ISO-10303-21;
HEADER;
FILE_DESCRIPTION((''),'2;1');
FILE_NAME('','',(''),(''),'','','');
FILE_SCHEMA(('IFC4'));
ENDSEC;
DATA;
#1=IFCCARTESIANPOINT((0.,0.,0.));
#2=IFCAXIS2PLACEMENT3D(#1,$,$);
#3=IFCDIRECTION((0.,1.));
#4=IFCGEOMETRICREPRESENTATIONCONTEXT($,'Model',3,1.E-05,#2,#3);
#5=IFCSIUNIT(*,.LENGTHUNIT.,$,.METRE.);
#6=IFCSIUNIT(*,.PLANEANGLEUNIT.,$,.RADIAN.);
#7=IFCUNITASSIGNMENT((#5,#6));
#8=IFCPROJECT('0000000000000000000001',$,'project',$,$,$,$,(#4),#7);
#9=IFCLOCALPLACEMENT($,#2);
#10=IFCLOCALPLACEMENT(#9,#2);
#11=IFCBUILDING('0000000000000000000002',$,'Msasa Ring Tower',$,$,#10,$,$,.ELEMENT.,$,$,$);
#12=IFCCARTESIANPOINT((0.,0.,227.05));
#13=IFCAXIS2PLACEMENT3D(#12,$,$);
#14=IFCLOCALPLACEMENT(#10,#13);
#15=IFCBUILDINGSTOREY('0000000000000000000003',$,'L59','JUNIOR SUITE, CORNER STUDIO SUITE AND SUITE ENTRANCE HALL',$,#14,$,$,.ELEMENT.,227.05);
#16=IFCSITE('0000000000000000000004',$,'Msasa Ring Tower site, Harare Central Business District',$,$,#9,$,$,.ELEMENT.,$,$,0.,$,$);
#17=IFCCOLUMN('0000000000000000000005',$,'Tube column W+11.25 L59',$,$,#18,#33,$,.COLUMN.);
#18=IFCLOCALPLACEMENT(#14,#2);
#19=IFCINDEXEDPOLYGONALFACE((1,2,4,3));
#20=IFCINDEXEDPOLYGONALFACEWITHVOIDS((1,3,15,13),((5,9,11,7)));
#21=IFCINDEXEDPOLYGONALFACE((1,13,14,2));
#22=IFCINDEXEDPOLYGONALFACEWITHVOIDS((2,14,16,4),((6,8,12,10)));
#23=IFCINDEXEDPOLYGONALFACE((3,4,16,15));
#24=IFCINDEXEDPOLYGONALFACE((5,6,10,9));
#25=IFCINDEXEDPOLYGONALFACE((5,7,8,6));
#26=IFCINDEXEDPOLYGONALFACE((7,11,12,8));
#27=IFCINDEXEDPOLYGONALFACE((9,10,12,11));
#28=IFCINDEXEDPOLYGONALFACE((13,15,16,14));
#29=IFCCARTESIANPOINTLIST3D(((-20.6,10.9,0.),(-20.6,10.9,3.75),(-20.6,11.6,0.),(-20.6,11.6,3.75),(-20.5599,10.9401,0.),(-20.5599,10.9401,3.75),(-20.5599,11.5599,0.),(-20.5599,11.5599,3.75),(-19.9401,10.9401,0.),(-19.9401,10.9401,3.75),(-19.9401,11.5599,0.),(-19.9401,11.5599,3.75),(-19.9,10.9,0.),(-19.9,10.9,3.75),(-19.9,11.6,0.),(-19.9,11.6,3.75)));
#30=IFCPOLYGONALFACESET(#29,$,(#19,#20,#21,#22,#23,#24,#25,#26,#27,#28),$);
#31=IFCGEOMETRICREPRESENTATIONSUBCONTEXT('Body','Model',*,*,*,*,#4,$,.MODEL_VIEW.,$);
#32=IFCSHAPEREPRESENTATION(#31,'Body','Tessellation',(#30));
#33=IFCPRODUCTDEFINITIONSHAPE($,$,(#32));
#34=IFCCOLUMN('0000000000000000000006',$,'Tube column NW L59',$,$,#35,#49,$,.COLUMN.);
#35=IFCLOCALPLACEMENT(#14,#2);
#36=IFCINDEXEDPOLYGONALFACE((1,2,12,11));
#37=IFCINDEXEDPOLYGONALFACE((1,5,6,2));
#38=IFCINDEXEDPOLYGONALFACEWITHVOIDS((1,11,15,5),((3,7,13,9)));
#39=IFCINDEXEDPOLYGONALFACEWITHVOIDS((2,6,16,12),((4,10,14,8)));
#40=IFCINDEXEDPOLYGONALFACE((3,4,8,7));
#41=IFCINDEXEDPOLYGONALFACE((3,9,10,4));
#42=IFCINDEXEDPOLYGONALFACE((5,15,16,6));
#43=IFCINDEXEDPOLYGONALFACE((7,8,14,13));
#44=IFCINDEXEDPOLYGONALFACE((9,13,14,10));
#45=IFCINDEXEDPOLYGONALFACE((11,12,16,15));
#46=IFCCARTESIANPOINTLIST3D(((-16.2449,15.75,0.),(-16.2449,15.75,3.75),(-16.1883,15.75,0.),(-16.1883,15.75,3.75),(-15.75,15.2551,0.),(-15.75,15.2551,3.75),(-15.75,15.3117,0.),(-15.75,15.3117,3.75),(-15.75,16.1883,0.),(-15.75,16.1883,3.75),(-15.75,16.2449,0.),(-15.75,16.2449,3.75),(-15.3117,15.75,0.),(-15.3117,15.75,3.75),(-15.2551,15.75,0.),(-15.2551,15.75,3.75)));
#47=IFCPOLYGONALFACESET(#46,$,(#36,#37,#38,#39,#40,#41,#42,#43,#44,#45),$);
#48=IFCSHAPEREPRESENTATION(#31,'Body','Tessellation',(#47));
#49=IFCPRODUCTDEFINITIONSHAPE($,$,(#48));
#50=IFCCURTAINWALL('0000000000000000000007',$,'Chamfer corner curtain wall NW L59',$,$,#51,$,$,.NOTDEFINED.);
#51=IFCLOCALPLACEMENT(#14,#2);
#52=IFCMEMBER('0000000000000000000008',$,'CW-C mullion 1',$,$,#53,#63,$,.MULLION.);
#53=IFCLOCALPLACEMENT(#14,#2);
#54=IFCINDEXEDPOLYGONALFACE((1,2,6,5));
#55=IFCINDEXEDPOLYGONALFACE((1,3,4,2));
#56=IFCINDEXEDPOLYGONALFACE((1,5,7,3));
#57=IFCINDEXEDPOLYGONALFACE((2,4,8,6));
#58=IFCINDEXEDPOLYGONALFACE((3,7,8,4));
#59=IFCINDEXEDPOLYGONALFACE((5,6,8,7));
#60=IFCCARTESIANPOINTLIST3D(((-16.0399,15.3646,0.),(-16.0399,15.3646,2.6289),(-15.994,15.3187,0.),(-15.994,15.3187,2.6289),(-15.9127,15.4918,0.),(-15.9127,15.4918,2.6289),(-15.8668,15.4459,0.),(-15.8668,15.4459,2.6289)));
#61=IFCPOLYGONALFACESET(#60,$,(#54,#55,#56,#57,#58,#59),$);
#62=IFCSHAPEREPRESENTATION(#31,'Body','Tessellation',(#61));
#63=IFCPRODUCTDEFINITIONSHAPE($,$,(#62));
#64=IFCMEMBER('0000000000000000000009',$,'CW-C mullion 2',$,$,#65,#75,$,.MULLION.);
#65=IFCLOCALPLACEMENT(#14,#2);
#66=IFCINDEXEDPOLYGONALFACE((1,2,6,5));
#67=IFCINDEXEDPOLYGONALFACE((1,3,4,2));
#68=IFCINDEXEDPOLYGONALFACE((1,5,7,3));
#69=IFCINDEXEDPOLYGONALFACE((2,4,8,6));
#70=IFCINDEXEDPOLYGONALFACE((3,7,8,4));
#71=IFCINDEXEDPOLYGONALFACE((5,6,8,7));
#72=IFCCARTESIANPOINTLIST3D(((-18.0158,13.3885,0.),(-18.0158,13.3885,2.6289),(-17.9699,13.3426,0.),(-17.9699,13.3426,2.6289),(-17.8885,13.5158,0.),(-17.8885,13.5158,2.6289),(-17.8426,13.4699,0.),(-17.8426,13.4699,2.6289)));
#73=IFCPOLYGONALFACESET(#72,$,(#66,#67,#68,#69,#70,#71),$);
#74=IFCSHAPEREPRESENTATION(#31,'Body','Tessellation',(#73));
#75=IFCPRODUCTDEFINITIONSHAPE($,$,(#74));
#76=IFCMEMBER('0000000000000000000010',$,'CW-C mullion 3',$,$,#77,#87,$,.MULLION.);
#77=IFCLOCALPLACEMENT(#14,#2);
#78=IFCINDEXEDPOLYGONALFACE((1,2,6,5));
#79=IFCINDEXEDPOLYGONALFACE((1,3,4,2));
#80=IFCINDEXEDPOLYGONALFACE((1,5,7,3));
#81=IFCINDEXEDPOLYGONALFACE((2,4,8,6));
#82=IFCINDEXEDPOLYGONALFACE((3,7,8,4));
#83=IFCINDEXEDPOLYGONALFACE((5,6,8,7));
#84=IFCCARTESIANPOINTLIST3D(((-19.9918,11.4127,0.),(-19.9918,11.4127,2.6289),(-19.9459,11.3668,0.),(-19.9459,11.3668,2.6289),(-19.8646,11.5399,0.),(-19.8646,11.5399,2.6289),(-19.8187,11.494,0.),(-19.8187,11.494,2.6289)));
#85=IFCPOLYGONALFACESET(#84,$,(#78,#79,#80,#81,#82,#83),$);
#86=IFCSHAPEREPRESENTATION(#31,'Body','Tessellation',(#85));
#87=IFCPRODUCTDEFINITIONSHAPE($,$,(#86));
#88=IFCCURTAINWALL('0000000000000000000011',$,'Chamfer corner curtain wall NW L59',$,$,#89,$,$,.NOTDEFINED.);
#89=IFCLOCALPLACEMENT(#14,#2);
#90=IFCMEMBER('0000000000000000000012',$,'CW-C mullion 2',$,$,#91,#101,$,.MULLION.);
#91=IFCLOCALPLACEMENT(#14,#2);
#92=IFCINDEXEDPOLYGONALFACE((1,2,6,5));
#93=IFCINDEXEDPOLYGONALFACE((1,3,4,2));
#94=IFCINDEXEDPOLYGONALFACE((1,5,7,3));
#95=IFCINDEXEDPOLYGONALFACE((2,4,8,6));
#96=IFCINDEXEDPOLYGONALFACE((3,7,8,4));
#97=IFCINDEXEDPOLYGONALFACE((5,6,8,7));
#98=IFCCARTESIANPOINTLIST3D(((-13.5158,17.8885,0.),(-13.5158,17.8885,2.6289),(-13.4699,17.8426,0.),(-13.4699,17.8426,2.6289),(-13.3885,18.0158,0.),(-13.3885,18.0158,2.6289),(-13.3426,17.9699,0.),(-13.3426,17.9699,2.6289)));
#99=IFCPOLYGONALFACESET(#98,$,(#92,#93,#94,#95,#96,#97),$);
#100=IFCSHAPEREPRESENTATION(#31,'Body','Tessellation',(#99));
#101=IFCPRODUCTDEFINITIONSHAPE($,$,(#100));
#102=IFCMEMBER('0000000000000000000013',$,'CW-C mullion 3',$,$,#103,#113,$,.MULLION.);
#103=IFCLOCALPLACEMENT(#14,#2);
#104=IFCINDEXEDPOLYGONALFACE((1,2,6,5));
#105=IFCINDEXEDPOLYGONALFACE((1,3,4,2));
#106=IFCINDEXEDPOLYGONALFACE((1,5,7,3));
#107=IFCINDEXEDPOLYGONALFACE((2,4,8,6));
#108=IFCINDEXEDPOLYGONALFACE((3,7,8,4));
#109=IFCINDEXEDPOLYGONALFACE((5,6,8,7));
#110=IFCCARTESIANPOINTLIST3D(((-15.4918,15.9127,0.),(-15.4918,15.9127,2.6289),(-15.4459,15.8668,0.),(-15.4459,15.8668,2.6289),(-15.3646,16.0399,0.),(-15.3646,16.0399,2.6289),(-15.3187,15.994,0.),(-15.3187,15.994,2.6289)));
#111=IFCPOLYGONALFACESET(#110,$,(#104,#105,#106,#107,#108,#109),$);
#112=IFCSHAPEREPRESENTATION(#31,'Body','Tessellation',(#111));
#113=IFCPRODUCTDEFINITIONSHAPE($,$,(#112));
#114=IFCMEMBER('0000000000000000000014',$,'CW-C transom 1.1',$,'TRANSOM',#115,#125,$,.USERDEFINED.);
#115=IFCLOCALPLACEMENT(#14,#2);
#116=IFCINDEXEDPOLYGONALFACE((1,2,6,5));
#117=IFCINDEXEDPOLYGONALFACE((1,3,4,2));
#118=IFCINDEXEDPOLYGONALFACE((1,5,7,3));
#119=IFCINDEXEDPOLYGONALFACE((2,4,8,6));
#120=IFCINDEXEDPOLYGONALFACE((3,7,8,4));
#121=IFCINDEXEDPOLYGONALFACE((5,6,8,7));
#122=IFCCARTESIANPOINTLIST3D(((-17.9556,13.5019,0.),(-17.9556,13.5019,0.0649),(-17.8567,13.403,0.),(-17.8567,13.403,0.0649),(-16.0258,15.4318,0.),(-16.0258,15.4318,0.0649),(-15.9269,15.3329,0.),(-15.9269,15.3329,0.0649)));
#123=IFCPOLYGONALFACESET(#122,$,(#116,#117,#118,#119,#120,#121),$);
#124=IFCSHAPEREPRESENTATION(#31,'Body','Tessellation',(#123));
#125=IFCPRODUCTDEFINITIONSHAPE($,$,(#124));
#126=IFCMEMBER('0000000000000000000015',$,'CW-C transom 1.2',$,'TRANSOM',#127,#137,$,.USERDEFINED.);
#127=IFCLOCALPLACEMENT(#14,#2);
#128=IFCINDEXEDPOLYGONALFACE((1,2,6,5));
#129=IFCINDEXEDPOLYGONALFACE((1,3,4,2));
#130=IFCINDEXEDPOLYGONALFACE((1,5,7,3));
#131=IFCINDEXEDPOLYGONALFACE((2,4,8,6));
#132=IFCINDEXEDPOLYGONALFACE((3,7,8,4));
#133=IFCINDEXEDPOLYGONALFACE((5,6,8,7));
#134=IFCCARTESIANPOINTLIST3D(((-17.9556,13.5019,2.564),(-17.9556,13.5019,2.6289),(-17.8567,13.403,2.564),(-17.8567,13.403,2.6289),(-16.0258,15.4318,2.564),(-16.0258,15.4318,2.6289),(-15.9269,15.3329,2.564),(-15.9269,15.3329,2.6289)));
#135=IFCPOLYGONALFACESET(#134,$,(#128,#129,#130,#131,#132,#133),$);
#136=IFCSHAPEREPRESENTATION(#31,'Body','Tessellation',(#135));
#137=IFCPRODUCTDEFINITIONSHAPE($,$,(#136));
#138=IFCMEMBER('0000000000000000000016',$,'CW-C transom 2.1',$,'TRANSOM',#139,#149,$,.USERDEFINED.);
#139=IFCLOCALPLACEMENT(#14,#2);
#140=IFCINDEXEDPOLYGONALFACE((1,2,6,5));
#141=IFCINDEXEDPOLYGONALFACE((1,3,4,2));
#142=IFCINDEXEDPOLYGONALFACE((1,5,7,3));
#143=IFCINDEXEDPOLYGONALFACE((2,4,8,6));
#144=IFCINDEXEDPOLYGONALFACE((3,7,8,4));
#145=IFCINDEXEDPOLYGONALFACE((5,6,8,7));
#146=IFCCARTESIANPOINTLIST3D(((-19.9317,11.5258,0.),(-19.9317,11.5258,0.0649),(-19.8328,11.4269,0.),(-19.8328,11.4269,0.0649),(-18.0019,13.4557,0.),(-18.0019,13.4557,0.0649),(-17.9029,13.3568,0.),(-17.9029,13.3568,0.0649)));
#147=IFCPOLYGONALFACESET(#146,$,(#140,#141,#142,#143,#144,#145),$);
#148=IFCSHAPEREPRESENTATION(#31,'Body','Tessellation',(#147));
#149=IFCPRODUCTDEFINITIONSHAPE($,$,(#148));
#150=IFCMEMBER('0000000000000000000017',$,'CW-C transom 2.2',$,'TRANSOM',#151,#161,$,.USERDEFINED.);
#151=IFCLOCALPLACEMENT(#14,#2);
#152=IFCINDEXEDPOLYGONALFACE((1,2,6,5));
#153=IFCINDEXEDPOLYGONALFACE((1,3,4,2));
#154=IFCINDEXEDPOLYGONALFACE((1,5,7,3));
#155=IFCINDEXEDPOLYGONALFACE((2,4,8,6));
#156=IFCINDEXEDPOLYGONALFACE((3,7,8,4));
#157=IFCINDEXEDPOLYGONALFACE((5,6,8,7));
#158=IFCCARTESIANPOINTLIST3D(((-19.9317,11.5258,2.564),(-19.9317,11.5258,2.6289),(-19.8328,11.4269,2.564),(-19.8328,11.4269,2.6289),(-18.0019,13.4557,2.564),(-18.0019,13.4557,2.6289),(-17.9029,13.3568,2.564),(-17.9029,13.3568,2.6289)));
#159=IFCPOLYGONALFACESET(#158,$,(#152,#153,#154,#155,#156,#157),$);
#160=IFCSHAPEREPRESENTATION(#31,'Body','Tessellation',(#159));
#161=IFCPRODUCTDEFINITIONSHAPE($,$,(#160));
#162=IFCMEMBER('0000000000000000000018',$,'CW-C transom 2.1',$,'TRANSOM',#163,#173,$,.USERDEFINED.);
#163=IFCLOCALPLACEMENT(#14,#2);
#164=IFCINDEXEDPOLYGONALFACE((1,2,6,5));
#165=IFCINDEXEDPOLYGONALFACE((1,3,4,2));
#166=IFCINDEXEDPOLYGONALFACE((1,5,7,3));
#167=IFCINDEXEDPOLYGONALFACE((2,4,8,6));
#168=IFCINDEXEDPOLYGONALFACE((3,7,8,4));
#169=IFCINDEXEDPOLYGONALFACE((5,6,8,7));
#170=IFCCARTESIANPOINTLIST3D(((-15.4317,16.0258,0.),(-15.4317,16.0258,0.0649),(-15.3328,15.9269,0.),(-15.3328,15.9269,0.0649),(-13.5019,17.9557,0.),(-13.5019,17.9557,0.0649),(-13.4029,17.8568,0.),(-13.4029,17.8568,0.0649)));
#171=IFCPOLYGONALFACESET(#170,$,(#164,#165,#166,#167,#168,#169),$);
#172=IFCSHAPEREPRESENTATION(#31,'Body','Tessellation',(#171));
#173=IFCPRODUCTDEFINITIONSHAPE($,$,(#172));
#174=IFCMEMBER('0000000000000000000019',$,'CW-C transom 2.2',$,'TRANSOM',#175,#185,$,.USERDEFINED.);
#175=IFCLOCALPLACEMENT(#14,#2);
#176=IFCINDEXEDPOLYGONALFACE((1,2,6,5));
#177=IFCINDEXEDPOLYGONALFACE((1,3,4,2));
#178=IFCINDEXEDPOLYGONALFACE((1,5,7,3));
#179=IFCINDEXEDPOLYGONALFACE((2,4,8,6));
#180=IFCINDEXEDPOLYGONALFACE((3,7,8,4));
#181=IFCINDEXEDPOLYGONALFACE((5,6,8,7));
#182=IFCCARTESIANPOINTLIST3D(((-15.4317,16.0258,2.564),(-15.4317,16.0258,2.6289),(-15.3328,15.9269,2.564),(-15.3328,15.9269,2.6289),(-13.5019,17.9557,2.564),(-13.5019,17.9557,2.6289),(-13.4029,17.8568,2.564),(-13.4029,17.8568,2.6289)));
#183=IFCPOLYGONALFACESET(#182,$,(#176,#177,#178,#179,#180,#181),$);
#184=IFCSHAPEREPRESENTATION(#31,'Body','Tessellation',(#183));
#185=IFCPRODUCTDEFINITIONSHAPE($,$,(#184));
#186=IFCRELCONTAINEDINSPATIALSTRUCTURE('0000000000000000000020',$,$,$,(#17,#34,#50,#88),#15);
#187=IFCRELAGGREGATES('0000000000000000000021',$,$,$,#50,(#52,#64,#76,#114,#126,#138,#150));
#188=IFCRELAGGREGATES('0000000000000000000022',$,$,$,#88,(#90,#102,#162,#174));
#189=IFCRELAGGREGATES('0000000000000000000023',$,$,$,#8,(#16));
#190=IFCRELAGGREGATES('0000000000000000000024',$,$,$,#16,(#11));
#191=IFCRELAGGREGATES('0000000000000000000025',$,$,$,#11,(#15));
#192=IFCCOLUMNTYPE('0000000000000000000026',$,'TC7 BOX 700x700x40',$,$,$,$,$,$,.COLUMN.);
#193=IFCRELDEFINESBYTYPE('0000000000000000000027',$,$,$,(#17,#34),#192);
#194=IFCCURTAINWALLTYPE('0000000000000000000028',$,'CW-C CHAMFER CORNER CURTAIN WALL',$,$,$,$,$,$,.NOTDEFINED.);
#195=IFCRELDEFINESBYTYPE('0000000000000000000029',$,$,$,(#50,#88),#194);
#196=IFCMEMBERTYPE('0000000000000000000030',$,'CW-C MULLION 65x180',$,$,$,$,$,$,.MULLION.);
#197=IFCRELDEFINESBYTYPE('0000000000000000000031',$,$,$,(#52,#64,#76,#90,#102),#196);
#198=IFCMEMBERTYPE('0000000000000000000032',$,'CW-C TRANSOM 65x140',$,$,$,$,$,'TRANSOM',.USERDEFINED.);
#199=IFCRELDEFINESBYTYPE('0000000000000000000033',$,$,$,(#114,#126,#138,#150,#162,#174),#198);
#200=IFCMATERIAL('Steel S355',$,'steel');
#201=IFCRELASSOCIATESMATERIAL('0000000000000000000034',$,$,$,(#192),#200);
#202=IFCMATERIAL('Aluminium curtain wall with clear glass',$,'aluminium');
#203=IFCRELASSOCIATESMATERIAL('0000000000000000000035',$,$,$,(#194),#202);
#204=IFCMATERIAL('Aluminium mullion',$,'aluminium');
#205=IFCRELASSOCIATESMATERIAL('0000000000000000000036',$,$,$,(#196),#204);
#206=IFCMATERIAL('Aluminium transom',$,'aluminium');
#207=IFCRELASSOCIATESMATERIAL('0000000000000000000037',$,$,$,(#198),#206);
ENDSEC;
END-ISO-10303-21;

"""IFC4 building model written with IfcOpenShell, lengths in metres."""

from ifc_helpers import new_model, si_unit, direction, frame, origin, origin_2d, place, context, subcontext, project, spatial, rectangle, hollow_rectangle, extrude, material, material_profile, profile_set, type_object, element, aggregate, save


model = new_model("IFC4")

# Units and contexts
model_context = context("Model", 3, precision=1e-05, world=origin(), true_north=direction((0.0, 1.0)))
body_context = subcontext(model_context, "Body", "Model", "MODEL_VIEW")
ifc_project = project(units=[si_unit("LENGTHUNIT", "METRE"), si_unit("PLANEANGLEUNIT", "RADIAN")], contexts=[model_context])

# Site, building, storey
site_placement = place(None, origin())
site = spatial("IfcSite", under=ifc_project, at=site_placement, Name="Msasa Ring Tower site, Harare Central Business District", CompositionType="ELEMENT", RefElevation=0.0)
building_placement = place(site_placement, origin())
building = spatial("IfcBuilding", under=site, at=building_placement, Name="Msasa Ring Tower", CompositionType="ELEMENT")
storey_placement = place(building_placement, frame((0.0, 0.0, 227.05)))
storey = spatial("IfcBuildingStorey", under=building, at=storey_placement, Name="L59", Description="JUNIOR SUITE, CORNER STUDIO SUITE AND SUITE ENTRANCE HALL", CompositionType="ELEMENT", Elevation=227.05)

# Columns
ifc_material_1 = material(Name="Steel S355", Category="steel")
ifc_material_profile_1 = material_profile(ifc_material_1, hollow_rectangle(XDim=0.7, YDim=0.7, WallThickness=0.04, at=origin_2d()), Name="BOX 700x700x40")
ifc_profile_set_1 = profile_set([ifc_material_profile_1], Name="Steel S355")
column_type = type_object("IfcColumnType", Name="TC7 BOX 700x700x40", PredefinedType="COLUMN", material=ifc_profile_set_1)
for number, where, z_axis, x_axis, name in (
    (1, (-20.25, 11.25, 0.0), (0.0, 0.0, 1.0), (1.0, 0.0, 0.0), "Tube column W+11.25 L59"),
    (2, (-15.75, 15.75, 0.0), (0.0, 0.0, 1.0), (0.707107, -0.707107, 0.0), "Tube column NW L59"),
):
    element("IfcColumn", number, at=place(storey_placement, frame(where, z_axis=z_axis, x_axis=x_axis)), inside=storey, type_object=column_type, Name=name, PredefinedType="COLUMN", context=body_context, shape_type="SweptSolid", body=[
        extrude(hollow_rectangle(XDim=0.7, YDim=0.7, WallThickness=0.04, at=origin_2d()), origin(), (0.0, 0.0, 1.0), 3.75),
    ])

# Curtain walls, members
ifc_material_2 = material(Name="Aluminium curtain wall with clear glass", Category="aluminium")
curtain_wall_type = type_object("IfcCurtainWallType", Name="CW-C CHAMFER CORNER CURTAIN WALL", PredefinedType="NOTDEFINED", material=ifc_material_2)
curtain_wall_1_placement = place(storey_placement, origin())
curtain_wall_1 = element("IfcCurtainWall", 3, at=curtain_wall_1_placement, inside=storey, type_object=curtain_wall_type, Name="Chamfer corner curtain wall NW L59", PredefinedType="NOTDEFINED")
ifc_material_3 = material(Name="Aluminium mullion", Category="aluminium")
ifc_material_profile_2 = material_profile(ifc_material_3, rectangle(XDim=0.0649, YDim=0.1799, at=origin_2d()), Name="AL 65x180")
ifc_profile_set_2 = profile_set([ifc_material_profile_2], Name="Aluminium mullion")
member_type_1 = type_object("IfcMemberType", Name="CW-C MULLION 65x180", PredefinedType="MULLION", material=ifc_profile_set_2)
member_1_placement = place(storey_placement, frame((-15.9534, 15.4053, 0.0), z_axis=(0.0, 0.0, 1.0), x_axis=(0.707107, -0.707107, 0.0)))
member_1 = element("IfcMember", 4, at=member_1_placement, type_object=member_type_1, Name="CW-C mullion 1", PredefinedType="MULLION", context=body_context, shape_type="SweptSolid", body=[
    extrude(rectangle(XDim=0.0649, YDim=0.1799, at=origin_2d()), origin(), (0.0, 0.0, 1.0), 2.6289),
])
member_2_placement = place(storey_placement, frame((-17.9292, 13.4292, 0.0), z_axis=(0.0, 0.0, 1.0), x_axis=(0.707107, -0.707107, 0.0)))
member_2 = element("IfcMember", 5, at=member_2_placement, type_object=member_type_1, Name="CW-C mullion 2", PredefinedType="MULLION", context=body_context, shape_type="SweptSolid", body=[
    extrude(rectangle(XDim=0.0649, YDim=0.1799, at=origin_2d()), origin(), (0.0, 0.0, 1.0), 2.6289),
])
member_3_placement = place(storey_placement, frame((-19.9053, 11.4534, 0.0), z_axis=(0.0, 0.0, 1.0), x_axis=(0.707107, -0.707107, 0.0)))
member_3 = element("IfcMember", 6, at=member_3_placement, type_object=member_type_1, Name="CW-C mullion 3", PredefinedType="MULLION", context=body_context, shape_type="SweptSolid", body=[
    extrude(rectangle(XDim=0.0649, YDim=0.1799, at=origin_2d()), origin(), (0.0, 0.0, 1.0), 2.6289),
])
curtain_wall_2_placement = place(storey_placement, origin())
curtain_wall_2 = element("IfcCurtainWall", 7, at=curtain_wall_2_placement, inside=storey, type_object=curtain_wall_type, Name="Chamfer corner curtain wall NW L59", PredefinedType="NOTDEFINED")
member_4_placement = place(storey_placement, frame((-13.4292, 17.9292, 0.0), z_axis=(0.0, 0.0, 1.0), x_axis=(0.707107, -0.707107, 0.0)))
member_4 = element("IfcMember", 8, at=member_4_placement, type_object=member_type_1, Name="CW-C mullion 2", PredefinedType="MULLION", context=body_context, shape_type="SweptSolid", body=[
    extrude(rectangle(XDim=0.0649, YDim=0.1799, at=origin_2d()), origin(), (0.0, 0.0, 1.0), 2.6289),
])
member_5_placement = place(storey_placement, frame((-15.4053, 15.9534, 0.0), z_axis=(0.0, 0.0, 1.0), x_axis=(0.707107, -0.707107, 0.0)))
member_5 = element("IfcMember", 9, at=member_5_placement, type_object=member_type_1, Name="CW-C mullion 3", PredefinedType="MULLION", context=body_context, shape_type="SweptSolid", body=[
    extrude(rectangle(XDim=0.0649, YDim=0.1799, at=origin_2d()), origin(), (0.0, 0.0, 1.0), 2.6289),
])

# Members
ifc_material_4 = material(Name="Aluminium transom", Category="aluminium")
ifc_material_profile_3 = material_profile(ifc_material_4, rectangle(XDim=0.1399, YDim=0.0649, at=origin_2d()), Name="AL 65x140")
ifc_profile_set_3 = profile_set([ifc_material_profile_3], Name="Aluminium transom")
member_type_2 = type_object("IfcMemberType", Name="CW-C TRANSOM 65x140", ElementType="TRANSOM", PredefinedType="USERDEFINED", material=ifc_profile_set_3)
member_6_placement = place(storey_placement, frame((-15.9763, 15.3823, 0.0325), z_axis=(-0.707107, -0.707107, 0.0), x_axis=(0.707107, -0.707107, 0.0)))
member_6 = element("IfcMember", 10, at=member_6_placement, type_object=member_type_2, Name="CW-C transom 1.1", ObjectType="TRANSOM", PredefinedType="USERDEFINED", context=body_context, shape_type="SweptSolid", body=[
    extrude(rectangle(XDim=0.1399, YDim=0.0649, at=origin_2d()), origin(), (0.0, 0.0, 1.0), 2.7292),
])
member_7_placement = place(storey_placement, frame((-15.9763, 15.3823, 2.5964), z_axis=(-0.707107, -0.707107, 0.0), x_axis=(0.707107, -0.707107, 0.0)))
member_7 = element("IfcMember", 11, at=member_7_placement, type_object=member_type_2, Name="CW-C transom 1.2", ObjectType="TRANSOM", PredefinedType="USERDEFINED", context=body_context, shape_type="SweptSolid", body=[
    extrude(rectangle(XDim=0.1399, YDim=0.0649, at=origin_2d()), origin(), (0.0, 0.0, 1.0), 2.7292),
])
member_8_placement = place(storey_placement, frame((-17.9524, 13.4062, 0.0325), z_axis=(-0.707107, -0.707107, 0.0), x_axis=(0.707107, -0.707107, 0.0)))
member_8 = element("IfcMember", 12, at=member_8_placement, type_object=member_type_2, Name="CW-C transom 2.1", ObjectType="TRANSOM", PredefinedType="USERDEFINED", context=body_context, shape_type="SweptSolid", body=[
    extrude(rectangle(XDim=0.1399, YDim=0.0649, at=origin_2d()), origin(), (0.0, 0.0, 1.0), 2.7292),
])
member_9_placement = place(storey_placement, frame((-17.9524, 13.4062, 2.5964), z_axis=(-0.707107, -0.707107, 0.0), x_axis=(0.707107, -0.707107, 0.0)))
member_9 = element("IfcMember", 13, at=member_9_placement, type_object=member_type_2, Name="CW-C transom 2.2", ObjectType="TRANSOM", PredefinedType="USERDEFINED", context=body_context, shape_type="SweptSolid", body=[
    extrude(rectangle(XDim=0.1399, YDim=0.0649, at=origin_2d()), origin(), (0.0, 0.0, 1.0), 2.7292),
])
member_10_placement = place(storey_placement, frame((-13.4524, 17.9062, 0.0325), z_axis=(-0.707107, -0.707107, 0.0), x_axis=(0.707107, -0.707107, 0.0)))
member_10 = element("IfcMember", 14, at=member_10_placement, type_object=member_type_2, Name="CW-C transom 2.1", ObjectType="TRANSOM", PredefinedType="USERDEFINED", context=body_context, shape_type="SweptSolid", body=[
    extrude(rectangle(XDim=0.1399, YDim=0.0649, at=origin_2d()), origin(), (0.0, 0.0, 1.0), 2.7292),
])
member_11_placement = place(storey_placement, frame((-13.4524, 17.9062, 2.5964), z_axis=(-0.707107, -0.707107, 0.0), x_axis=(0.707107, -0.707107, 0.0)))
member_11 = element("IfcMember", 15, at=member_11_placement, type_object=member_type_2, Name="CW-C transom 2.2", ObjectType="TRANSOM", PredefinedType="USERDEFINED", context=body_context, shape_type="SweptSolid", body=[
    extrude(rectangle(XDim=0.1399, YDim=0.0649, at=origin_2d()), origin(), (0.0, 0.0, 1.0), 2.7292),
])

aggregate(curtain_wall_1, [member_1, member_2, member_3, member_6, member_7, member_8, member_9])
aggregate(curtain_wall_2, [member_4, member_5, member_10, member_11])

save(model, "model.ifc")
